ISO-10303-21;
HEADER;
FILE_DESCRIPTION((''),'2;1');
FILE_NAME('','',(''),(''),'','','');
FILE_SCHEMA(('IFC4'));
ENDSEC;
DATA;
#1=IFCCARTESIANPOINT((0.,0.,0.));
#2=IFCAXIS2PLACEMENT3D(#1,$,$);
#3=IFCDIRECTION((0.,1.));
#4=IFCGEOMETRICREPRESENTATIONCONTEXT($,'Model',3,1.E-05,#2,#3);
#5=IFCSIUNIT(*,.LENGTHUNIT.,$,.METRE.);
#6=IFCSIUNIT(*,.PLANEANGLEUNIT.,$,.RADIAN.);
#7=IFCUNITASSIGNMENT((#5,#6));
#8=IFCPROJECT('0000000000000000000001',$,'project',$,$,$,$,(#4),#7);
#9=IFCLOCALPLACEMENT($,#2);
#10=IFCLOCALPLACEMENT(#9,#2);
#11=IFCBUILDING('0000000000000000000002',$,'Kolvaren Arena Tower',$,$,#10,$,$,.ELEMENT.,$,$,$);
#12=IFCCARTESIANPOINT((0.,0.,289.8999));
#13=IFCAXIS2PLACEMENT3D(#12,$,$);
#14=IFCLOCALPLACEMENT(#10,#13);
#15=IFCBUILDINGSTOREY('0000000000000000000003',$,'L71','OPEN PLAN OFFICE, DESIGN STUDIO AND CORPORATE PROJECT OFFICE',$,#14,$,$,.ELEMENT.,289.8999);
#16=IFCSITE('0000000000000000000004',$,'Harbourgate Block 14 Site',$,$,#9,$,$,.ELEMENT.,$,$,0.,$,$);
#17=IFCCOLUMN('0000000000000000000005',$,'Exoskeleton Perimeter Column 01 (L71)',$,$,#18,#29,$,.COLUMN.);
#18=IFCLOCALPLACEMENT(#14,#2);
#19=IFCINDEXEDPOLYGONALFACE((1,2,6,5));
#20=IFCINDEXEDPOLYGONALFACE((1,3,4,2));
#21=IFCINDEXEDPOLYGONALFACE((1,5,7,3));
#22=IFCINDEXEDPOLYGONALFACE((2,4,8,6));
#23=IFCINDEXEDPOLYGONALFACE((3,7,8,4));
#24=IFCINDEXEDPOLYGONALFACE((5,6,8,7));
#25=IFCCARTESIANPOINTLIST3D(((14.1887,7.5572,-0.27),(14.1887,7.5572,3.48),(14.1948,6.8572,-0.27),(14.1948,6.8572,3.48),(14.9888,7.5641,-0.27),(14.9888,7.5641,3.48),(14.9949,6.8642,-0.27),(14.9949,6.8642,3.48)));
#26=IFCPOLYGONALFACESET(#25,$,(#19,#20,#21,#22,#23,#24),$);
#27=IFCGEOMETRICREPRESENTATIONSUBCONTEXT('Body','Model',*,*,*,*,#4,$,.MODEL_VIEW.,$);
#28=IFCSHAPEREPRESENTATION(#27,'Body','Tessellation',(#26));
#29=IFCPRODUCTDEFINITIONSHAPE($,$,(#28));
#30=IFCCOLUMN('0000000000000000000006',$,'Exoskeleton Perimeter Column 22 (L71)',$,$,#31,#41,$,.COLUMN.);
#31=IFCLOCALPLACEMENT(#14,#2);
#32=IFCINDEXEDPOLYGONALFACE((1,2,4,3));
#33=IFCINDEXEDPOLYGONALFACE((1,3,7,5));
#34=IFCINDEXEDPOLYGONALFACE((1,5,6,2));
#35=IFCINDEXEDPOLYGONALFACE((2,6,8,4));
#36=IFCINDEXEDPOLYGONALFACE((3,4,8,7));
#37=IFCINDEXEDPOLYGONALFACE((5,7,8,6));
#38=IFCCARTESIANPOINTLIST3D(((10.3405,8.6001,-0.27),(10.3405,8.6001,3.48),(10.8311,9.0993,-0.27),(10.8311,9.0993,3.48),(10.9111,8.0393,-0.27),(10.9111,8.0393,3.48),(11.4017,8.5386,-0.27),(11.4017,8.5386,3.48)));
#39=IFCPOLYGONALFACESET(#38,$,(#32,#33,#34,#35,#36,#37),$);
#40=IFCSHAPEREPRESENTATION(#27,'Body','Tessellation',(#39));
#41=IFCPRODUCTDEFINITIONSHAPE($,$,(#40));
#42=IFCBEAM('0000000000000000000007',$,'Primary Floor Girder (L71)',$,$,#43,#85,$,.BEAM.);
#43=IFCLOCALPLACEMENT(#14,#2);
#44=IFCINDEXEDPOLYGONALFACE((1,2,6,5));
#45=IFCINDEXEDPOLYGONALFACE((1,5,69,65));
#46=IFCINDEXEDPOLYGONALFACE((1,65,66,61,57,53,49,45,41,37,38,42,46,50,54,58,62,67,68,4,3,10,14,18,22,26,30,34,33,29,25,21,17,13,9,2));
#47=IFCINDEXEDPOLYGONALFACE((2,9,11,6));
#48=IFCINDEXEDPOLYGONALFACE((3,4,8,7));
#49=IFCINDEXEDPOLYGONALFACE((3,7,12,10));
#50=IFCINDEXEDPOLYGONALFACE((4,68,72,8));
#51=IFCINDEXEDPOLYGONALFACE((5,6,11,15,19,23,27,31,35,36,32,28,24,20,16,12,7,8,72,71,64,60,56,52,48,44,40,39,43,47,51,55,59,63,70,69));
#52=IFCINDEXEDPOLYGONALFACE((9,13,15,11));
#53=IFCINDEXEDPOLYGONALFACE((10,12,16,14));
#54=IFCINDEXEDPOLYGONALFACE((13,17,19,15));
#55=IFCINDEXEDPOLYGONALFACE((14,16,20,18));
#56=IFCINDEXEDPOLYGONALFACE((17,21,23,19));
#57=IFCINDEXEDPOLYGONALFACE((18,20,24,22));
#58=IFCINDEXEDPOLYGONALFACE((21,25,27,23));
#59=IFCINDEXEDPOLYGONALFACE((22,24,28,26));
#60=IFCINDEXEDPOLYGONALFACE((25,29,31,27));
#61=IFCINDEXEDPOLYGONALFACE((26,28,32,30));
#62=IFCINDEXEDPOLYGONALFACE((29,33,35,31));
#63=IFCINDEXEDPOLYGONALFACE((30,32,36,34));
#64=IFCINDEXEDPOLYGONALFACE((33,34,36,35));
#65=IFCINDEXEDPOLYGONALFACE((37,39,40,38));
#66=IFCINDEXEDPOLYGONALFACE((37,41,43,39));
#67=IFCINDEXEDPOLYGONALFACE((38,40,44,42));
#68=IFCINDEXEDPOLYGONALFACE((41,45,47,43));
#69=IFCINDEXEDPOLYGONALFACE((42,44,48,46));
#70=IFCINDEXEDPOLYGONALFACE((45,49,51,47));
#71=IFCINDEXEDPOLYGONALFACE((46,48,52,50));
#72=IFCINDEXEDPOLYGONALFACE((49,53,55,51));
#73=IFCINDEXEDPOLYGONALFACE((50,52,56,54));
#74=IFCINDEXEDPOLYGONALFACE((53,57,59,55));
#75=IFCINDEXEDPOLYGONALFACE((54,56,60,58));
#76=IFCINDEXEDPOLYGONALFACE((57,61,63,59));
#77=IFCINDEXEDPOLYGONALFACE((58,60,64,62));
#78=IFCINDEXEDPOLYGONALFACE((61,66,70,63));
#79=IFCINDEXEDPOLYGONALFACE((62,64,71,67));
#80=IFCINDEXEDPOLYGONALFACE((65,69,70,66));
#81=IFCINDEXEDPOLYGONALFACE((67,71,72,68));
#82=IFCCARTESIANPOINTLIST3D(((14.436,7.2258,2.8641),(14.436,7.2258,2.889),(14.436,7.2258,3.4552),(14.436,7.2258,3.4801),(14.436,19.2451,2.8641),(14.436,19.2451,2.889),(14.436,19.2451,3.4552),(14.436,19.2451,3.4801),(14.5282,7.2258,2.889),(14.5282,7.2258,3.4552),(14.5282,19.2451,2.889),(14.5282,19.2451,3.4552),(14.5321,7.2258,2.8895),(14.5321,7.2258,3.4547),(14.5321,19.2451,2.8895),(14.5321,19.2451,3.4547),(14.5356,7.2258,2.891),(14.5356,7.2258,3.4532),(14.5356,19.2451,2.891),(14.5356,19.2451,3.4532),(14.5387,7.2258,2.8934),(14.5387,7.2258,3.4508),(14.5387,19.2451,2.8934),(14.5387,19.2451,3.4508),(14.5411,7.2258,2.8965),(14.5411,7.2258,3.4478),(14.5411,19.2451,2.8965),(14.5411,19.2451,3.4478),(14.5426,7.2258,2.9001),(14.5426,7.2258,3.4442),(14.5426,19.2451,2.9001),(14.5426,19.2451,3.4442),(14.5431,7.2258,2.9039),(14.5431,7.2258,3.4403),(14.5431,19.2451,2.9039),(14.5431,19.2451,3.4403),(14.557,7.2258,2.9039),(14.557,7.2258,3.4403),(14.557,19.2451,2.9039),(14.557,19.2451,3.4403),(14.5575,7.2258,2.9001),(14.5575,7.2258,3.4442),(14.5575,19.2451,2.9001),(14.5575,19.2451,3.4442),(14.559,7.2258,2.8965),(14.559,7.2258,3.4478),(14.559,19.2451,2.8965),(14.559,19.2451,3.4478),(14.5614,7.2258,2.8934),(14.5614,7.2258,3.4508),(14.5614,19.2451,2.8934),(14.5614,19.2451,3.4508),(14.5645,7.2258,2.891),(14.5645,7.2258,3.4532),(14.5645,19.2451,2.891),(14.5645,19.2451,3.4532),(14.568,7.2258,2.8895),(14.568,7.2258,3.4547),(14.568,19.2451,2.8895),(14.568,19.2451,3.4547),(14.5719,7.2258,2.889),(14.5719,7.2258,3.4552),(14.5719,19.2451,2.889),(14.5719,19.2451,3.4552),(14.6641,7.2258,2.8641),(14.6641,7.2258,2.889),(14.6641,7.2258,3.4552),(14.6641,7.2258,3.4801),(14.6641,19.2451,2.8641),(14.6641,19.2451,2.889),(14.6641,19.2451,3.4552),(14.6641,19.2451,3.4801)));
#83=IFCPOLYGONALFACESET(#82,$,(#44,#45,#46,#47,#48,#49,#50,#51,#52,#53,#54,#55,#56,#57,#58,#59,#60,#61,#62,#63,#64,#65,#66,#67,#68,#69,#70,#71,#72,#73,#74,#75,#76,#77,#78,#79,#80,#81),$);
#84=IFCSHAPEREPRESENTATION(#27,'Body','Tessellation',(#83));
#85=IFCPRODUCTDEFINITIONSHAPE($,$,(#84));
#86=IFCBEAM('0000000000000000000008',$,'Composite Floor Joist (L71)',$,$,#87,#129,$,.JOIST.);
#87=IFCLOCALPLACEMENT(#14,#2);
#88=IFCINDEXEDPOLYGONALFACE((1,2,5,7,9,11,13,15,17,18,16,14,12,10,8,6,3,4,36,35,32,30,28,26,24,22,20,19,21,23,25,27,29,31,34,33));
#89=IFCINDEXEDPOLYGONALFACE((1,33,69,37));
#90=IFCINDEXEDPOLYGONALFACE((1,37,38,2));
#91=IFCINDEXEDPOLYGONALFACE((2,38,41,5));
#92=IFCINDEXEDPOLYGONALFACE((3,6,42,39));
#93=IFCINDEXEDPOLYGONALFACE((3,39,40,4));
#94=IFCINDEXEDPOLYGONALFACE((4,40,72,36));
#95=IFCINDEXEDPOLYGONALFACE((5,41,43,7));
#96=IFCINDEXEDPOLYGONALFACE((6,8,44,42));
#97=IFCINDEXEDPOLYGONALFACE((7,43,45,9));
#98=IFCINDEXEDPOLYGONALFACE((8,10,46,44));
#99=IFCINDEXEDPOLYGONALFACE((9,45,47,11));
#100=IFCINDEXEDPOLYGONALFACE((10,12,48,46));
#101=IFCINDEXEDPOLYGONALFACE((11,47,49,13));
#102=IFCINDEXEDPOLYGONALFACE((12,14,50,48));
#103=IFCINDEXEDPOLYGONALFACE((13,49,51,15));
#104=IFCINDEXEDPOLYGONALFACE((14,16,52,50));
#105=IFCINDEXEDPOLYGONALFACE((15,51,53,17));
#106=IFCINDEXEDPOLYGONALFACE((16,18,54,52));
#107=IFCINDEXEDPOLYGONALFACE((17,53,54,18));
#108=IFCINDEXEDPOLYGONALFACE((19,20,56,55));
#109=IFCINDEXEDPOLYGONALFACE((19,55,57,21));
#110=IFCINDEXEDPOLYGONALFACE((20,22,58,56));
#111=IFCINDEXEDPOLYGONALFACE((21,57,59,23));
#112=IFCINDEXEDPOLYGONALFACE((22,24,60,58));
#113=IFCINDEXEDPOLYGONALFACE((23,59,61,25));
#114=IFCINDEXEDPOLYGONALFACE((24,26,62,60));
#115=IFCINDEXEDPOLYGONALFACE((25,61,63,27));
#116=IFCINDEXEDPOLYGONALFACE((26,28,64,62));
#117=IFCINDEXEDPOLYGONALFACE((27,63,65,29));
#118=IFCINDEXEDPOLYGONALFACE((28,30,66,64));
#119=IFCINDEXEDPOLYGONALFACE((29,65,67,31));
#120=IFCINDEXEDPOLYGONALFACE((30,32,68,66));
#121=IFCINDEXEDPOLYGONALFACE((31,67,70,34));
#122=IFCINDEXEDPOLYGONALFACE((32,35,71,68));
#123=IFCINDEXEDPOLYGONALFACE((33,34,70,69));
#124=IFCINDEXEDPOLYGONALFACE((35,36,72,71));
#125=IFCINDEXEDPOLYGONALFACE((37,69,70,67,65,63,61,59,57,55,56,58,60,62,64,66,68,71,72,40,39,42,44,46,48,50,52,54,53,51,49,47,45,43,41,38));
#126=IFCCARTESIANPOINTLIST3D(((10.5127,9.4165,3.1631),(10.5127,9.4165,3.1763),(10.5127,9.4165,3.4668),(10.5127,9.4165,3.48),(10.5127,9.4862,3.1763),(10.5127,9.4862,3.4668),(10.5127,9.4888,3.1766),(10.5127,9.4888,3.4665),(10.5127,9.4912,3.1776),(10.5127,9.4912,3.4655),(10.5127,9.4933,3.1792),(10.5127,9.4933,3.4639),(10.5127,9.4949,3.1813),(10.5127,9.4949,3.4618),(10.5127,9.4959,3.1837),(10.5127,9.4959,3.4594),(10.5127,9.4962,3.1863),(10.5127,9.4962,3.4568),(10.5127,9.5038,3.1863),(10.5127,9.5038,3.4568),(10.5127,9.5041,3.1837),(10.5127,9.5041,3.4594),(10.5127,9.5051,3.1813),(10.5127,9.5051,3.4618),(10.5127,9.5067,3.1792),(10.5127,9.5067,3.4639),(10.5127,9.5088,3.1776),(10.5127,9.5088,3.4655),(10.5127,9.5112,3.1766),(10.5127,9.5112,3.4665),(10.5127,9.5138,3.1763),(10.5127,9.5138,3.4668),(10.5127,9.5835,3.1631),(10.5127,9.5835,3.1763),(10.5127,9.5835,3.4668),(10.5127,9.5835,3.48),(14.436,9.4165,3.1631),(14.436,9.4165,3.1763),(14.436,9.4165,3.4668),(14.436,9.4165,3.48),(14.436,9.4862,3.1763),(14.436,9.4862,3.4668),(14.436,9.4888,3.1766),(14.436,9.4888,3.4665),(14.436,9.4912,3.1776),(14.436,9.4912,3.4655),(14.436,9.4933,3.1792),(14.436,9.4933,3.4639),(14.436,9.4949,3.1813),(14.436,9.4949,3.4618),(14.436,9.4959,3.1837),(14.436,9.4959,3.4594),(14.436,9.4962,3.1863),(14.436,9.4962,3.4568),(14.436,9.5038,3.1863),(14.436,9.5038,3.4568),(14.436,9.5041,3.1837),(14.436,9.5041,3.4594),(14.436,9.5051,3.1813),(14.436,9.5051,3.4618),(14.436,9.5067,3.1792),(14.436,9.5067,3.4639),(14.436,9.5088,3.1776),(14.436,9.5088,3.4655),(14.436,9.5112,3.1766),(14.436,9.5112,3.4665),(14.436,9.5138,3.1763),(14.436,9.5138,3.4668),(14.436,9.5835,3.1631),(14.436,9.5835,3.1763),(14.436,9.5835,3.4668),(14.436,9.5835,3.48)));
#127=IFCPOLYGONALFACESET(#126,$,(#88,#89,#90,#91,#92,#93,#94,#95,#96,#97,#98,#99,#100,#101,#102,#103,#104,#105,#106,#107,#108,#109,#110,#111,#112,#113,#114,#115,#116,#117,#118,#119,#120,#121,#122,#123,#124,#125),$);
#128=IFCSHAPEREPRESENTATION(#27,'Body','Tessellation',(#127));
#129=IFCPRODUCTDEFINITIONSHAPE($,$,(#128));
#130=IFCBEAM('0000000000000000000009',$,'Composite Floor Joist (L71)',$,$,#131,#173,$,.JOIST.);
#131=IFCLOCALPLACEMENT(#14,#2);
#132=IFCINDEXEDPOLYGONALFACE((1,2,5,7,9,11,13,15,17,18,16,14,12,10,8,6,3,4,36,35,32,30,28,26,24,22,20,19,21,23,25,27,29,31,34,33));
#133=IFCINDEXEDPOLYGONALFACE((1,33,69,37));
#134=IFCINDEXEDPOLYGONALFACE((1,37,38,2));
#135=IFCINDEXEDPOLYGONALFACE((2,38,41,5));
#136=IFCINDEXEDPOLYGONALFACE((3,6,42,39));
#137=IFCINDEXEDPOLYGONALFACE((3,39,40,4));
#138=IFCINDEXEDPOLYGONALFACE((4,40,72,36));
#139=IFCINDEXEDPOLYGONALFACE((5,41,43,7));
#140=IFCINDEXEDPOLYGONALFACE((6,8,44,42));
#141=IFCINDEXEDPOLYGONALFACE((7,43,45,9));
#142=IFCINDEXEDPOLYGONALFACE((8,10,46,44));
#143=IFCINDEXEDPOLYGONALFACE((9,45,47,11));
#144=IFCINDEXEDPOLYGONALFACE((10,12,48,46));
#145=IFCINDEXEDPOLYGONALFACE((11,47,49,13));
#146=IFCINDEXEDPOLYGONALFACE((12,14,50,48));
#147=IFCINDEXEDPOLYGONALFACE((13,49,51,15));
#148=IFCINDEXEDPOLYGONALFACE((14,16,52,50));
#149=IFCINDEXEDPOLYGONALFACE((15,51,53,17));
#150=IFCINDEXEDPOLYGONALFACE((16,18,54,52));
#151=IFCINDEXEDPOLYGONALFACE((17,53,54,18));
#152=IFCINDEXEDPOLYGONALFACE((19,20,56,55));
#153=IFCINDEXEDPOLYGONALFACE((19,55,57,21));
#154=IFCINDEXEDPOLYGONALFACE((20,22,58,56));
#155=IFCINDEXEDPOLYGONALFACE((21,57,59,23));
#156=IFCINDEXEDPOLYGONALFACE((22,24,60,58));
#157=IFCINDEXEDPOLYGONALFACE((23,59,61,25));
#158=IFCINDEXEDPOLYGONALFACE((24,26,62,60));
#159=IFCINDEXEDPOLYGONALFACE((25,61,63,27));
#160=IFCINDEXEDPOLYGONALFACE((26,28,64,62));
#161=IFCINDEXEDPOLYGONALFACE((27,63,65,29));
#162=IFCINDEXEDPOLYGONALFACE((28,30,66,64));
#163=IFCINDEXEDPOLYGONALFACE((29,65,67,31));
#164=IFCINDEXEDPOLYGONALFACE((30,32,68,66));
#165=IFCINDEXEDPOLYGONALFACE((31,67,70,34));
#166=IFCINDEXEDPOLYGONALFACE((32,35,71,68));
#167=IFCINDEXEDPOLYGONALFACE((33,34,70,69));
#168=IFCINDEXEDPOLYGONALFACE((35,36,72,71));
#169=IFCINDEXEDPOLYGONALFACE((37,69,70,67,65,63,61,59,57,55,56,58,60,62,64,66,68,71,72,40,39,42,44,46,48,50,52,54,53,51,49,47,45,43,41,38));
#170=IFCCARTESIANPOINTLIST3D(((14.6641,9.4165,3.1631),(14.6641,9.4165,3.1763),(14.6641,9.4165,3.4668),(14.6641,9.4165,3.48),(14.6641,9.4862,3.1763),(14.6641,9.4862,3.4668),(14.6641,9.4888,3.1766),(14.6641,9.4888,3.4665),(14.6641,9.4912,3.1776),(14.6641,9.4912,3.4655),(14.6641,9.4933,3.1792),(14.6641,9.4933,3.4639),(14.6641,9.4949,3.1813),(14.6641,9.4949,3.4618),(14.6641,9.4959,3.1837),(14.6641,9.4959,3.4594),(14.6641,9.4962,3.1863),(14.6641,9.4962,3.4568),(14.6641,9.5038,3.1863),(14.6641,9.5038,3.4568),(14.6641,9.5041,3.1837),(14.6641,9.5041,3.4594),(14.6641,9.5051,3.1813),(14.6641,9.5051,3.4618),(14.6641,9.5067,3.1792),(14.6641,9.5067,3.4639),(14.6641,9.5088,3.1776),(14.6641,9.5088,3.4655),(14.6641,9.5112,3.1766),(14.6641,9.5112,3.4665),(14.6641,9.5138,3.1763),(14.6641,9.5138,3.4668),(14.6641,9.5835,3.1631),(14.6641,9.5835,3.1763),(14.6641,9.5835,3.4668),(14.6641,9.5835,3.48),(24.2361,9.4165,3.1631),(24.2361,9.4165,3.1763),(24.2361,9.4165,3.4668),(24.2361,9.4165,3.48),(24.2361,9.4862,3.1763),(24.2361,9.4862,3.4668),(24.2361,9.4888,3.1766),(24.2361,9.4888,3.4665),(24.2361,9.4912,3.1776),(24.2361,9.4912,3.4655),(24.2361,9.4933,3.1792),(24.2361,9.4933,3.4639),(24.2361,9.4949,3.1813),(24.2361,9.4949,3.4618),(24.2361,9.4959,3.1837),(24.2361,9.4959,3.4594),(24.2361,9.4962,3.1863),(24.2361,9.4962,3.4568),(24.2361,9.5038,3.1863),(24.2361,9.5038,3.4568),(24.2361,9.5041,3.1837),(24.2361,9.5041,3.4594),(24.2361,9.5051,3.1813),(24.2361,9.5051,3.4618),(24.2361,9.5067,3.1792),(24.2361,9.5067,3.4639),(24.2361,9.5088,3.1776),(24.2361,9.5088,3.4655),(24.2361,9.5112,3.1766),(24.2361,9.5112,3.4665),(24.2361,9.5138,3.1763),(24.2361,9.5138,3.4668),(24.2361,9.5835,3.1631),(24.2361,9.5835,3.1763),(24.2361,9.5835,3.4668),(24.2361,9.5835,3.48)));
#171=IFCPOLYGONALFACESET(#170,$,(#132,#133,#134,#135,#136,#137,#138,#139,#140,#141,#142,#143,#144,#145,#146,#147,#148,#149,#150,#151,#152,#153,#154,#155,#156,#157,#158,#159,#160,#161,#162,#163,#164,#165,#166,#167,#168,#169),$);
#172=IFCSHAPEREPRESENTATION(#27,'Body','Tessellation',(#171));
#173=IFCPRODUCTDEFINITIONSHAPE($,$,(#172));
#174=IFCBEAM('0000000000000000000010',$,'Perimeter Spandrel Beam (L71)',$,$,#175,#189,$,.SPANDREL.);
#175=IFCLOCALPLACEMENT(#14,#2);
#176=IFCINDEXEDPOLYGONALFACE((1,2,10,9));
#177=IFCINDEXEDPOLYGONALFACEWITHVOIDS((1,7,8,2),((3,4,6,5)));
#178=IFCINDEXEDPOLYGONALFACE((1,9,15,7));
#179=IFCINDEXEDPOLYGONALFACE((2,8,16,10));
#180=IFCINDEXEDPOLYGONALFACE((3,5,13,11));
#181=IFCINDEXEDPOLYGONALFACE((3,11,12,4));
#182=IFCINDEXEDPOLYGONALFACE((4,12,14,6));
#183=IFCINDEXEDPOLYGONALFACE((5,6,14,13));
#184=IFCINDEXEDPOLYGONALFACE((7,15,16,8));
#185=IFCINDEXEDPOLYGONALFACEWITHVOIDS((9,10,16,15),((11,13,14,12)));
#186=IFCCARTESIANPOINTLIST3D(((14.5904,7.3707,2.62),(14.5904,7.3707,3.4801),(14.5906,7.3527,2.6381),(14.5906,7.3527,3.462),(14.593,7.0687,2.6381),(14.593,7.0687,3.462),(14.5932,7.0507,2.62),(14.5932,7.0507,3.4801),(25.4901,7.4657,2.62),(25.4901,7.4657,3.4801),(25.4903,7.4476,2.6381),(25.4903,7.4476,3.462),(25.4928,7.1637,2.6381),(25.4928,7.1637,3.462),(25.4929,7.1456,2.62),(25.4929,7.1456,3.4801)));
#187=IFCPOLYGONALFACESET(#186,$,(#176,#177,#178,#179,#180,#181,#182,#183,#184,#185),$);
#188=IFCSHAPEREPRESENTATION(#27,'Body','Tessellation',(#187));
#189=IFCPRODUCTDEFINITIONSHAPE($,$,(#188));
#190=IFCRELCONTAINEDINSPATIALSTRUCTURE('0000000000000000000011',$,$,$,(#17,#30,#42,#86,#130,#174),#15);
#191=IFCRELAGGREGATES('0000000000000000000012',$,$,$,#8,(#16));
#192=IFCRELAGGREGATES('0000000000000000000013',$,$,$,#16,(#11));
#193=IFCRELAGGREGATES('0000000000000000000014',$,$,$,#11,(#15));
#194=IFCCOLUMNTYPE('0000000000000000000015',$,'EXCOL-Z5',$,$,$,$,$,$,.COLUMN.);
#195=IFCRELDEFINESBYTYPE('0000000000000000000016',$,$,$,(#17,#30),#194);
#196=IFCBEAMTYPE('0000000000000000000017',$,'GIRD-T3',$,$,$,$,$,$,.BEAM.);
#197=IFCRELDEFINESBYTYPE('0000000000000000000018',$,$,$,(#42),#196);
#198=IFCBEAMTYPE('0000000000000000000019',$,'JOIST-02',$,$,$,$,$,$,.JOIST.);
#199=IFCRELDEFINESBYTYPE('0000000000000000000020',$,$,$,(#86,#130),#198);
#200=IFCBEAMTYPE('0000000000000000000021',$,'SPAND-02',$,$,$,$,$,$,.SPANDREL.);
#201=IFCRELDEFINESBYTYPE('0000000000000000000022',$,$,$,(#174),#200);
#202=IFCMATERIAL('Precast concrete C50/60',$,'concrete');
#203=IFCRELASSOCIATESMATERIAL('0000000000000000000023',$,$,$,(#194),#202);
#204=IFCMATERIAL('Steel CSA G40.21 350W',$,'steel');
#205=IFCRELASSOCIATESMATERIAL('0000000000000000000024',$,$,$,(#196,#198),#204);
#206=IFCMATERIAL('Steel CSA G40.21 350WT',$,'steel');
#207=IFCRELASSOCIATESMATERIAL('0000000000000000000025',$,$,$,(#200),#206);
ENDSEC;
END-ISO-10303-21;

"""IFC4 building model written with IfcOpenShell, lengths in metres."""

from ifc_helpers import new_model, si_unit, direction, frame, origin, origin_2d, place, context, subcontext, project, spatial, rectangle, hollow_rectangle, i_section, extrude, material, material_profile, profile_set, type_object, element, save


model = new_model("IFC4")

# Units and contexts
model_context = context("Model", 3, precision=1e-05, world=origin(), true_north=direction((0.0, 1.0)))
body_context = subcontext(model_context, "Body", "Model", "MODEL_VIEW")
ifc_project = project(units=[si_unit("LENGTHUNIT", "METRE"), si_unit("PLANEANGLEUNIT", "RADIAN")], contexts=[model_context])

# Site, building, storey
site_placement = place(None, origin())
site = spatial("IfcSite", under=ifc_project, at=site_placement, Name="Harbourgate Block 14 Site", CompositionType="ELEMENT", RefElevation=0.0)
building_placement = place(site_placement, origin())
building = spatial("IfcBuilding", under=site, at=building_placement, Name="Kolvaren Arena Tower", CompositionType="ELEMENT")
storey_placement = place(building_placement, frame((0.0, 0.0, 289.8999)))
storey = spatial("IfcBuildingStorey", under=building, at=storey_placement, Name="L71", Description="OPEN PLAN OFFICE, DESIGN STUDIO AND CORPORATE PROJECT OFFICE", CompositionType="ELEMENT", Elevation=289.8999)

# Columns
ifc_material_1 = material(Name="Precast concrete C50/60", Category="concrete")
ifc_material_profile_1 = material_profile(ifc_material_1, rectangle(XDim=0.8, YDim=0.7, at=origin_2d()), Name="RC-800x700")
ifc_profile_set_1 = profile_set([ifc_material_profile_1], Name="Precast concrete C50/60")
column_type = type_object("IfcColumnType", Name="EXCOL-Z5", PredefinedType="COLUMN", material=ifc_profile_set_1)
for number, where, z_axis, x_axis, name in (
    (1, (14.5918, 7.2107, -0.27), (0.0, 0.0, 1.0), (0.999962, 0.008727, 0.0), "Exoskeleton Perimeter Column 01 (L71)"),
    (2, (10.8711, 8.5693, -0.27), (0.0, 0.0, 1.0), (-0.71325, 0.700909, 0.0), "Exoskeleton Perimeter Column 22 (L71)"),
):
    element("IfcColumn", number, at=place(storey_placement, frame(where, z_axis=z_axis, x_axis=x_axis)), inside=storey, type_object=column_type, Name=name, PredefinedType="COLUMN", context=body_context, shape_type="SweptSolid", body=[
        extrude(rectangle(XDim=0.8, YDim=0.7, at=origin_2d()), origin(), (0.0, 0.0, 1.0), 3.75),
    ])

# Beams
ifc_material_2 = material(Name="Steel CSA G40.21 350W", Category="steel")
ifc_material_profile_2 = material_profile(ifc_material_2, i_section(OverallWidth=0.228, OverallDepth=0.616, WebThickness=0.0139, FlangeThickness=0.0249, FilletRadius=0.0149, at=origin_2d()), Name="W610x174")
ifc_profile_set_2 = profile_set([ifc_material_profile_2], Name="Steel CSA G40.21 350W")
beam_type_1 = type_object("IfcBeamType", Name="GIRD-T3", PredefinedType="BEAM", material=ifc_profile_set_2)
beam_1_placement = place(storey_placement, frame((14.55, 7.2258, 3.1721), z_axis=(0.0, 1.0, 0.0), x_axis=(-1.0, 0.0, 0.0)))
element("IfcBeam", 3, at=beam_1_placement, inside=storey, type_object=beam_type_1, Name="Primary Floor Girder (L71)", PredefinedType="BEAM", context=body_context, shape_type="SweptSolid", body=[
    extrude(i_section(OverallWidth=0.228, OverallDepth=0.616, WebThickness=0.0139, FlangeThickness=0.0249, FilletRadius=0.0149, at=origin_2d()), origin(), (0.0, 0.0, 1.0), 12.0193),
])
ifc_material_profile_3 = material_profile(ifc_material_2, i_section(OverallWidth=0.167, OverallDepth=0.3169, WebThickness=0.0076, FlangeThickness=0.0132, FilletRadius=0.01, at=origin_2d()), Name="W310x52")
ifc_profile_set_3 = profile_set([ifc_material_profile_3], Name="Steel CSA G40.21 350W")
beam_type_2 = type_object("IfcBeamType", Name="JOIST-02", PredefinedType="JOIST", material=ifc_profile_set_3)
beam_2_placement = place(storey_placement, frame((10.5127, 9.5, 3.3215), z_axis=(1.0, 0.0, 0.0), x_axis=(0.0, 1.0, 0.0)))
element("IfcBeam", 4, at=beam_2_placement, inside=storey, type_object=beam_type_2, Name="Composite Floor Joist (L71)", PredefinedType="JOIST", context=body_context, shape_type="SweptSolid", body=[
    extrude(i_section(OverallWidth=0.167, OverallDepth=0.3169, WebThickness=0.0076, FlangeThickness=0.0132, FilletRadius=0.01, at=origin_2d()), origin(), (0.0, 0.0, 1.0), 3.9233),
])
beam_3_placement = place(storey_placement, frame((14.6641, 9.5, 3.3215), z_axis=(1.0, 0.0, 0.0), x_axis=(0.0, 1.0, 0.0)))
element("IfcBeam", 5, at=beam_3_placement, inside=storey, type_object=beam_type_2, Name="Composite Floor Joist (L71)", PredefinedType="JOIST", context=body_context, shape_type="SweptSolid", body=[
    extrude(i_section(OverallWidth=0.167, OverallDepth=0.3169, WebThickness=0.0076, FlangeThickness=0.0132, FilletRadius=0.01, at=origin_2d()), origin(), (0.0, 0.0, 1.0), 9.572),
])
ifc_material_3 = material(Name="Steel CSA G40.21 350WT", Category="steel")
ifc_material_profile_4 = material_profile(ifc_material_3, hollow_rectangle(XDim=0.3201, YDim=0.8601, WallThickness=0.0181, at=origin_2d()), Name="HSS 860x320x18")
ifc_profile_set_4 = profile_set([ifc_material_profile_4], Name="Steel CSA G40.21 350WT")
beam_type_3 = type_object("IfcBeamType", Name="SPAND-02", PredefinedType="SPANDREL", material=ifc_profile_set_4)
beam_4_placement = place(storey_placement, frame((14.5918, 7.2107, 3.05), z_axis=(0.999962, 0.008713, 0.0), x_axis=(-0.008713, 0.999962, 0.0)))
element("IfcBeam", 6, at=beam_4_placement, inside=storey, type_object=beam_type_3, Name="Perimeter Spandrel Beam (L71)", PredefinedType="SPANDREL", context=body_context, shape_type="SweptSolid", body=[
    extrude(hollow_rectangle(XDim=0.3201, YDim=0.8601, WallThickness=0.0181, at=origin_2d()), origin(), (0.0, 0.0, 1.0), 10.9001),
])

save(model, "model.ifc")
